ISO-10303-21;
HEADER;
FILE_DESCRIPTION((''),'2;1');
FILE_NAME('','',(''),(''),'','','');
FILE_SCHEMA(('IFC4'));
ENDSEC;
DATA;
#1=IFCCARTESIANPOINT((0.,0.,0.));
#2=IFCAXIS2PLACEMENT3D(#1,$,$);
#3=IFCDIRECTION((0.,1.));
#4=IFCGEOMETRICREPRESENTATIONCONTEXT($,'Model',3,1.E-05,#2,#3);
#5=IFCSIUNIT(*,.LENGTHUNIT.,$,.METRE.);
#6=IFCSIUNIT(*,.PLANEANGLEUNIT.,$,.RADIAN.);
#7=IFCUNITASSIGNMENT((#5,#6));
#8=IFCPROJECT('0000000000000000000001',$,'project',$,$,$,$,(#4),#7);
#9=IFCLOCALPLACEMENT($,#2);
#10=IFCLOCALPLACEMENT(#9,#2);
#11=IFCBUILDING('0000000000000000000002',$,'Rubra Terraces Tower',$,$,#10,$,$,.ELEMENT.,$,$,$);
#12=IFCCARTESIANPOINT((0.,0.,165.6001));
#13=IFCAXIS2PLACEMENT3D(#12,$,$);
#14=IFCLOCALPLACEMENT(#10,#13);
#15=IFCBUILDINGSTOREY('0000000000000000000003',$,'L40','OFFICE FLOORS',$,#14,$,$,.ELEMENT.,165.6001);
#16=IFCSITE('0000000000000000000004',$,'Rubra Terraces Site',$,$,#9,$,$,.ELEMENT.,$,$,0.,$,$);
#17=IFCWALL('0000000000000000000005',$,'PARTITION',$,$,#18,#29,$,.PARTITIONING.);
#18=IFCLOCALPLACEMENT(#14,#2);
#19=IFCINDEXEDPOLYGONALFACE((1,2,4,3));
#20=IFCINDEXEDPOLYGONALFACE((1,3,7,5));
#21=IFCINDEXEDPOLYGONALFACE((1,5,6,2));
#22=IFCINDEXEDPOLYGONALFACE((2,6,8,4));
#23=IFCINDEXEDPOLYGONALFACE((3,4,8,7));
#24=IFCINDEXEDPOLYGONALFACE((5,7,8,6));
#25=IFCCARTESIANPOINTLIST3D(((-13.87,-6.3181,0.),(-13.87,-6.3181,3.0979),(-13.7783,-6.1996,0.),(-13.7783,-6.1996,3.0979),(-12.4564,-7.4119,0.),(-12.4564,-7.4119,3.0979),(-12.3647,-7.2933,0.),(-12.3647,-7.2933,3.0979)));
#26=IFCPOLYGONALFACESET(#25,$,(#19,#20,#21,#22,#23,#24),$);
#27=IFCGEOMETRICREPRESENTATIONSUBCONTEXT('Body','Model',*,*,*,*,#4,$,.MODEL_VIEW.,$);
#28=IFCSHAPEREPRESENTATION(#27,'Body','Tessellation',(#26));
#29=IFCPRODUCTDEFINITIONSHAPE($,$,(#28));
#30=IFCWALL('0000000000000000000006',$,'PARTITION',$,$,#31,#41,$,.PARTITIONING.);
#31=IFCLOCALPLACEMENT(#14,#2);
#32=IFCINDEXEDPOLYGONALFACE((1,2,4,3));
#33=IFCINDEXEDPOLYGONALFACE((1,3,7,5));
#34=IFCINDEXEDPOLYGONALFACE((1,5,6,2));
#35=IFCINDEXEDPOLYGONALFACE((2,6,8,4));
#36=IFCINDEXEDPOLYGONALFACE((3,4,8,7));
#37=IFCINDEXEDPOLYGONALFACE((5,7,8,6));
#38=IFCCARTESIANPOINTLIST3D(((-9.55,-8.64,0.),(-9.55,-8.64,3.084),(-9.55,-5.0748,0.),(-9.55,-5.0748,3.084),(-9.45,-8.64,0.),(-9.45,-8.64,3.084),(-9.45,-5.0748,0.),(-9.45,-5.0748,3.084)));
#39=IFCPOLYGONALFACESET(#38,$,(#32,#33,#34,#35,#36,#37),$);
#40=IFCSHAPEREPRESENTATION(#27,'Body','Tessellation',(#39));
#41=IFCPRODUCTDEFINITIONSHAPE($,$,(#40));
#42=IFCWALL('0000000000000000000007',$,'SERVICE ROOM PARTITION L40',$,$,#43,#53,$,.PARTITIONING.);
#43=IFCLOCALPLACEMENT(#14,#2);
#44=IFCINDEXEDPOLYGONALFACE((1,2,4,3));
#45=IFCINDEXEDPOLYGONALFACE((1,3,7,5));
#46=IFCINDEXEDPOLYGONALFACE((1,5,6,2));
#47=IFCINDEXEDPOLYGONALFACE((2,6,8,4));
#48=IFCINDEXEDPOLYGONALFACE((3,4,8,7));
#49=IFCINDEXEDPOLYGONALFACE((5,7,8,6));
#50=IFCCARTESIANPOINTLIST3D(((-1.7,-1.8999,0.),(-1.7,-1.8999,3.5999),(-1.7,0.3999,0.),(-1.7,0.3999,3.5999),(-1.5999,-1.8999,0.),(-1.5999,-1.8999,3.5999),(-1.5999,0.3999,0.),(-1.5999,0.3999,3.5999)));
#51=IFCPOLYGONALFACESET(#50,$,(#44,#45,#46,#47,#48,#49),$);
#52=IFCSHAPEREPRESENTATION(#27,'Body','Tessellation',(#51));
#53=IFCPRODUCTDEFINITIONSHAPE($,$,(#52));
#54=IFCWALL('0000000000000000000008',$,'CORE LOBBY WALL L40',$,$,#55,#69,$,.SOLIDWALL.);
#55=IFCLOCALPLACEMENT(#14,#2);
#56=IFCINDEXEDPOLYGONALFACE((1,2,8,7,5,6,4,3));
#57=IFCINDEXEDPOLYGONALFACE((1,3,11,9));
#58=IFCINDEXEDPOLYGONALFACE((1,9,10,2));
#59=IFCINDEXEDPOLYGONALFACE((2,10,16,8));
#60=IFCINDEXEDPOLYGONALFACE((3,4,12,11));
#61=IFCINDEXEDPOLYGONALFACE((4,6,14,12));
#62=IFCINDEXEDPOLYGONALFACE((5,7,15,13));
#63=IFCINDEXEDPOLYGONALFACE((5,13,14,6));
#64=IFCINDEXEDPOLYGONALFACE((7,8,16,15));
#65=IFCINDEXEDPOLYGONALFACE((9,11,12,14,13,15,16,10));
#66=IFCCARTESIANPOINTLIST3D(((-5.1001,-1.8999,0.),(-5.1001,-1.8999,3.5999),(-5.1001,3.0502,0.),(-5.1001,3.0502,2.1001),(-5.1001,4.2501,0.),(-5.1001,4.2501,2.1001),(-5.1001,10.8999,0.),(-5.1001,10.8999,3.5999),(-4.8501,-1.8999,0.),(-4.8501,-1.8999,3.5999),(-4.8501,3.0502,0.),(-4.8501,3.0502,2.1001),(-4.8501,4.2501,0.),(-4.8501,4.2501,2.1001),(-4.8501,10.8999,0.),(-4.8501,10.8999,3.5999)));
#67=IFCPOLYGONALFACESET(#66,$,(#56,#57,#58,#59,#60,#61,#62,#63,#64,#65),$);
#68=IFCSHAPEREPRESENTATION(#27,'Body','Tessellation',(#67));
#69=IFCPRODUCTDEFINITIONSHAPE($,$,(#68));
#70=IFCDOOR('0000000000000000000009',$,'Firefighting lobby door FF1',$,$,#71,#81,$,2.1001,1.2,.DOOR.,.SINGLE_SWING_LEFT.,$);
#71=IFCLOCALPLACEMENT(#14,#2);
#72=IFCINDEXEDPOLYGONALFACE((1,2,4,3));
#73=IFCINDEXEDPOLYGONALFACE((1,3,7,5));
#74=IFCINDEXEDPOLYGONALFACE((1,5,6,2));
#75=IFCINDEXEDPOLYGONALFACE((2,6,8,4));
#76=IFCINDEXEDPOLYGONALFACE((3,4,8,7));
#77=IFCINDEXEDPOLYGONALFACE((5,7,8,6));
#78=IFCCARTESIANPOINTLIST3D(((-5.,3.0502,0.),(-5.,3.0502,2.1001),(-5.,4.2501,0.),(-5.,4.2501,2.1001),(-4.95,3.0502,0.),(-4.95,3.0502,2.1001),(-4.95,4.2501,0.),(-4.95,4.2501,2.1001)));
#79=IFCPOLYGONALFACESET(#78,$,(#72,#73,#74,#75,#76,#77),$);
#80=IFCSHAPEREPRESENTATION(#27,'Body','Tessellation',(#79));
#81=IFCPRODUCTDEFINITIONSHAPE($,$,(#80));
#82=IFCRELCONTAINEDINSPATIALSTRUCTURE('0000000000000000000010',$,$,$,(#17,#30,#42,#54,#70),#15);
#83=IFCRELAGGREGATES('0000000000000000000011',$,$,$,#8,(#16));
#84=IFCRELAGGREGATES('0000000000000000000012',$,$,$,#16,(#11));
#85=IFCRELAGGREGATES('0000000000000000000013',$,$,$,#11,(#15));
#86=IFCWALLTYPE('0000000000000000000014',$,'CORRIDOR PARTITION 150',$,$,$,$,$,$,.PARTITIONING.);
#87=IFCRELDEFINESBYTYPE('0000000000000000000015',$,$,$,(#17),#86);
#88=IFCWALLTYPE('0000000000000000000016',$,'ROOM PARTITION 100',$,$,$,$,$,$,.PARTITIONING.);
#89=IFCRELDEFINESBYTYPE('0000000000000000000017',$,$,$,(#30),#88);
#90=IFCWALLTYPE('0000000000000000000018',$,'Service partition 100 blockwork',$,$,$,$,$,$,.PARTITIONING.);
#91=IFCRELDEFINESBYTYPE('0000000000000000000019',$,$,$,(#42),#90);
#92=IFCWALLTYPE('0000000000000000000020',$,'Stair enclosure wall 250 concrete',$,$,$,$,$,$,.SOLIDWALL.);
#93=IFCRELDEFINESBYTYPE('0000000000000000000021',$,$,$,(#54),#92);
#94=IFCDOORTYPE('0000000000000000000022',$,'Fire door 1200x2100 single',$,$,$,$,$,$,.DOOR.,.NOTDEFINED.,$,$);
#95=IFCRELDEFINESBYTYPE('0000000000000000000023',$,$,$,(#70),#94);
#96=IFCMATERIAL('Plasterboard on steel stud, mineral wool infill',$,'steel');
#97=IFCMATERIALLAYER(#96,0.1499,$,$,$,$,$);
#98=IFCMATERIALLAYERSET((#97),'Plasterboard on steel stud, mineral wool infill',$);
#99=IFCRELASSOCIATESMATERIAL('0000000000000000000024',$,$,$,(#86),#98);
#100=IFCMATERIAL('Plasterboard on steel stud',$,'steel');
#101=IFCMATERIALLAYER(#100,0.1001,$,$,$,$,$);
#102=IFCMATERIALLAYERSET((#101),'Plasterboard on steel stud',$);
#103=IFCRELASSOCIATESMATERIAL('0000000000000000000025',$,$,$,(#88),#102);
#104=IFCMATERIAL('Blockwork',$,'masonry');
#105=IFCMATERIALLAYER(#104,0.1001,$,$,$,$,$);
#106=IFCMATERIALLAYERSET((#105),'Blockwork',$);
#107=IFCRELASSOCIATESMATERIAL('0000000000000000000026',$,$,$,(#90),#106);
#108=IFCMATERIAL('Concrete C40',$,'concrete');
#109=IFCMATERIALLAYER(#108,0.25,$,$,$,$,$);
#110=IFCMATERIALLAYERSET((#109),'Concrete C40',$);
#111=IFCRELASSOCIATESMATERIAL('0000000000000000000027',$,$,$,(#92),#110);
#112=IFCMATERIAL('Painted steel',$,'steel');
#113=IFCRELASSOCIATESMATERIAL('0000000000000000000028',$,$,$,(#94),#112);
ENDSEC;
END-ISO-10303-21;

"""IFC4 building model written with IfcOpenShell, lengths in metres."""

from ifc_helpers import new_model, si_unit, direction, frame, frame_2d, origin, place, context, subcontext, project, spatial, rectangle, extrude, material, layer, layer_set, type_object, element, fill, save


model = new_model("IFC4")

# Units and contexts
model_context = context("Model", 3, precision=1e-05, world=origin(), true_north=direction((0.0, 1.0)))
body_context = subcontext(model_context, "Body", "Model", "MODEL_VIEW")
ifc_project = project(units=[si_unit("LENGTHUNIT", "METRE"), si_unit("PLANEANGLEUNIT", "RADIAN")], contexts=[model_context])

# Site, building, storey
site_placement = place(None, origin())
site = spatial("IfcSite", under=ifc_project, at=site_placement, Name="Rubra Terraces Site", CompositionType="ELEMENT", RefElevation=0.0)
building_placement = place(site_placement, origin())
building = spatial("IfcBuilding", under=site, at=building_placement, Name="Rubra Terraces Tower", CompositionType="ELEMENT")
storey_placement = place(building_placement, frame((0.0, 0.0, 165.6001)))
storey = spatial("IfcBuildingStorey", under=building, at=storey_placement, Name="L40", Description="OFFICE FLOORS", CompositionType="ELEMENT", Elevation=165.6001)

# Shared definitions
ifc_material_1 = material(Name="Painted steel", Category="steel")

# Walls
ifc_material_2 = material(Name="Plasterboard on steel stud, mineral wool infill", Category="steel")
ifc_layer_1 = layer(ifc_material_2, 0.1499)
ifc_layer_set_1 = layer_set([ifc_layer_1], Name="Plasterboard on steel stud, mineral wool infill")
wall_type_1 = type_object("IfcWallType", Name="CORRIDOR PARTITION 150", PredefinedType="PARTITIONING", material=ifc_layer_set_1)
wall_1_placement = place(storey_placement, frame((-12.4106, -7.3525, 0.0), z_axis=(0.0, 0.0, 1.0), x_axis=(-0.790894, 0.611953, 0.0)))
element("IfcWall", 1, at=wall_1_placement, inside=storey, type_object=wall_type_1, Name="PARTITION", PredefinedType="PARTITIONING", context=body_context, shape_type="SweptSolid", body=[
    extrude(rectangle(XDim=1.7874, YDim=0.1499, at=frame_2d((0.8936, 0.0))), origin(), (0.0, 0.0, 1.0), 3.0979),
])
ifc_material_3 = material(Name="Plasterboard on steel stud", Category="steel")
ifc_layer_2 = layer(ifc_material_3, 0.1001)
ifc_layer_set_2 = layer_set([ifc_layer_2], Name="Plasterboard on steel stud")
wall_type_2 = type_object("IfcWallType", Name="ROOM PARTITION 100", PredefinedType="PARTITIONING", material=ifc_layer_set_2)
wall_2_placement = place(storey_placement, frame((-9.5, -8.6401, 0.0), z_axis=(0.0, 0.0, 1.0), x_axis=(0.0, 1.0, 0.0)))
element("IfcWall", 2, at=wall_2_placement, inside=storey, type_object=wall_type_2, Name="PARTITION", PredefinedType="PARTITIONING", context=body_context, shape_type="SweptSolid", body=[
    extrude(rectangle(XDim=3.5652, YDim=0.1001, at=frame_2d((1.7827, 0.0))), origin(), (0.0, 0.0, 1.0), 3.084),
])
ifc_material_4 = material(Name="Blockwork", Category="masonry")
ifc_layer_3 = layer(ifc_material_4, 0.1001)
ifc_layer_set_3 = layer_set([ifc_layer_3], Name="Blockwork")
wall_type_3 = type_object("IfcWallType", Name="Service partition 100 blockwork", PredefinedType="PARTITIONING", material=ifc_layer_set_3)
wall_3_placement = place(storey_placement, frame((-1.6499, -1.8999, 0.0), z_axis=(0.0, 0.0, 1.0), x_axis=(0.0, 1.0, 0.0)))
element("IfcWall", 3, at=wall_3_placement, inside=storey, type_object=wall_type_3, Name="SERVICE ROOM PARTITION L40", PredefinedType="PARTITIONING", context=body_context, shape_type="SweptSolid", body=[
    extrude(rectangle(XDim=2.2998, YDim=0.1001, at=frame_2d((1.1499, 0.0))), origin(), (0.0, 0.0, 1.0), 3.5999),
])

# Wall, opening, door
ifc_material_5 = material(Name="Concrete C40", Category="concrete")
ifc_layer_4 = layer(ifc_material_5, 0.25)
ifc_layer_set_4 = layer_set([ifc_layer_4], Name="Concrete C40")
wall_type_4 = type_object("IfcWallType", Name="Stair enclosure wall 250 concrete", PredefinedType="SOLIDWALL", material=ifc_layer_set_4)
wall_4_placement = place(storey_placement, frame((-4.9751, -1.8999, 0.0), z_axis=(0.0, 0.0, 1.0), x_axis=(0.0, 1.0, 0.0)))
wall_4 = element("IfcWall", 4, at=wall_4_placement, inside=storey, type_object=wall_type_4, Name="CORE LOBBY WALL L40", PredefinedType="SOLIDWALL", context=body_context, shape_type="SweptSolid", body=[
    extrude(rectangle(XDim=12.7998, YDim=0.25, at=frame_2d((6.3999, 0.0))), origin(), (0.0, 0.0, 1.0), 3.5999),
])
opening_1_placement = place(wall_4_placement, frame((4.95, 0.0, 0.0)))
opening_1 = element("IfcOpeningElement", 5, at=opening_1_placement, cuts=wall_4, PredefinedType="OPENING", context=body_context, shape_type="SweptSolid", body=[
    extrude(rectangle(XDim=1.2, YDim=2.1001, at=frame_2d((0.6001, 1.05))), frame((0.0, 0.135, 0.0), z_axis=(0.0, -1.0, 0.0), x_axis=(1.0, 0.0, 0.0)), (0.0, 0.0, 1.0), 0.27),
])
door_type_1 = type_object("IfcDoorType", Name="Fire door 1200x2100 single", OperationType="NOTDEFINED", PredefinedType="DOOR", material=ifc_material_1)
door_1_placement = place(opening_1_placement, origin())
door_1 = element("IfcDoor", 6, at=door_1_placement, inside=storey, type_object=door_type_1, Name="Firefighting lobby door FF1", OperationType="SINGLE_SWING_LEFT", OverallHeight=2.1001, OverallWidth=1.2, PredefinedType="DOOR", context=body_context, shape_type="SweptSolid", body=[
    extrude(rectangle(XDim=1.2, YDim=2.1001, at=frame_2d((0.6001, 1.05))), frame((0.0, 0.0249, 0.0), z_axis=(0.0, -1.0, 0.0), x_axis=(1.0, 0.0, 0.0)), (0.0, 0.0, 1.0), 0.05),
])
fill(opening_1, door_1)

save(model, "model.ifc")
